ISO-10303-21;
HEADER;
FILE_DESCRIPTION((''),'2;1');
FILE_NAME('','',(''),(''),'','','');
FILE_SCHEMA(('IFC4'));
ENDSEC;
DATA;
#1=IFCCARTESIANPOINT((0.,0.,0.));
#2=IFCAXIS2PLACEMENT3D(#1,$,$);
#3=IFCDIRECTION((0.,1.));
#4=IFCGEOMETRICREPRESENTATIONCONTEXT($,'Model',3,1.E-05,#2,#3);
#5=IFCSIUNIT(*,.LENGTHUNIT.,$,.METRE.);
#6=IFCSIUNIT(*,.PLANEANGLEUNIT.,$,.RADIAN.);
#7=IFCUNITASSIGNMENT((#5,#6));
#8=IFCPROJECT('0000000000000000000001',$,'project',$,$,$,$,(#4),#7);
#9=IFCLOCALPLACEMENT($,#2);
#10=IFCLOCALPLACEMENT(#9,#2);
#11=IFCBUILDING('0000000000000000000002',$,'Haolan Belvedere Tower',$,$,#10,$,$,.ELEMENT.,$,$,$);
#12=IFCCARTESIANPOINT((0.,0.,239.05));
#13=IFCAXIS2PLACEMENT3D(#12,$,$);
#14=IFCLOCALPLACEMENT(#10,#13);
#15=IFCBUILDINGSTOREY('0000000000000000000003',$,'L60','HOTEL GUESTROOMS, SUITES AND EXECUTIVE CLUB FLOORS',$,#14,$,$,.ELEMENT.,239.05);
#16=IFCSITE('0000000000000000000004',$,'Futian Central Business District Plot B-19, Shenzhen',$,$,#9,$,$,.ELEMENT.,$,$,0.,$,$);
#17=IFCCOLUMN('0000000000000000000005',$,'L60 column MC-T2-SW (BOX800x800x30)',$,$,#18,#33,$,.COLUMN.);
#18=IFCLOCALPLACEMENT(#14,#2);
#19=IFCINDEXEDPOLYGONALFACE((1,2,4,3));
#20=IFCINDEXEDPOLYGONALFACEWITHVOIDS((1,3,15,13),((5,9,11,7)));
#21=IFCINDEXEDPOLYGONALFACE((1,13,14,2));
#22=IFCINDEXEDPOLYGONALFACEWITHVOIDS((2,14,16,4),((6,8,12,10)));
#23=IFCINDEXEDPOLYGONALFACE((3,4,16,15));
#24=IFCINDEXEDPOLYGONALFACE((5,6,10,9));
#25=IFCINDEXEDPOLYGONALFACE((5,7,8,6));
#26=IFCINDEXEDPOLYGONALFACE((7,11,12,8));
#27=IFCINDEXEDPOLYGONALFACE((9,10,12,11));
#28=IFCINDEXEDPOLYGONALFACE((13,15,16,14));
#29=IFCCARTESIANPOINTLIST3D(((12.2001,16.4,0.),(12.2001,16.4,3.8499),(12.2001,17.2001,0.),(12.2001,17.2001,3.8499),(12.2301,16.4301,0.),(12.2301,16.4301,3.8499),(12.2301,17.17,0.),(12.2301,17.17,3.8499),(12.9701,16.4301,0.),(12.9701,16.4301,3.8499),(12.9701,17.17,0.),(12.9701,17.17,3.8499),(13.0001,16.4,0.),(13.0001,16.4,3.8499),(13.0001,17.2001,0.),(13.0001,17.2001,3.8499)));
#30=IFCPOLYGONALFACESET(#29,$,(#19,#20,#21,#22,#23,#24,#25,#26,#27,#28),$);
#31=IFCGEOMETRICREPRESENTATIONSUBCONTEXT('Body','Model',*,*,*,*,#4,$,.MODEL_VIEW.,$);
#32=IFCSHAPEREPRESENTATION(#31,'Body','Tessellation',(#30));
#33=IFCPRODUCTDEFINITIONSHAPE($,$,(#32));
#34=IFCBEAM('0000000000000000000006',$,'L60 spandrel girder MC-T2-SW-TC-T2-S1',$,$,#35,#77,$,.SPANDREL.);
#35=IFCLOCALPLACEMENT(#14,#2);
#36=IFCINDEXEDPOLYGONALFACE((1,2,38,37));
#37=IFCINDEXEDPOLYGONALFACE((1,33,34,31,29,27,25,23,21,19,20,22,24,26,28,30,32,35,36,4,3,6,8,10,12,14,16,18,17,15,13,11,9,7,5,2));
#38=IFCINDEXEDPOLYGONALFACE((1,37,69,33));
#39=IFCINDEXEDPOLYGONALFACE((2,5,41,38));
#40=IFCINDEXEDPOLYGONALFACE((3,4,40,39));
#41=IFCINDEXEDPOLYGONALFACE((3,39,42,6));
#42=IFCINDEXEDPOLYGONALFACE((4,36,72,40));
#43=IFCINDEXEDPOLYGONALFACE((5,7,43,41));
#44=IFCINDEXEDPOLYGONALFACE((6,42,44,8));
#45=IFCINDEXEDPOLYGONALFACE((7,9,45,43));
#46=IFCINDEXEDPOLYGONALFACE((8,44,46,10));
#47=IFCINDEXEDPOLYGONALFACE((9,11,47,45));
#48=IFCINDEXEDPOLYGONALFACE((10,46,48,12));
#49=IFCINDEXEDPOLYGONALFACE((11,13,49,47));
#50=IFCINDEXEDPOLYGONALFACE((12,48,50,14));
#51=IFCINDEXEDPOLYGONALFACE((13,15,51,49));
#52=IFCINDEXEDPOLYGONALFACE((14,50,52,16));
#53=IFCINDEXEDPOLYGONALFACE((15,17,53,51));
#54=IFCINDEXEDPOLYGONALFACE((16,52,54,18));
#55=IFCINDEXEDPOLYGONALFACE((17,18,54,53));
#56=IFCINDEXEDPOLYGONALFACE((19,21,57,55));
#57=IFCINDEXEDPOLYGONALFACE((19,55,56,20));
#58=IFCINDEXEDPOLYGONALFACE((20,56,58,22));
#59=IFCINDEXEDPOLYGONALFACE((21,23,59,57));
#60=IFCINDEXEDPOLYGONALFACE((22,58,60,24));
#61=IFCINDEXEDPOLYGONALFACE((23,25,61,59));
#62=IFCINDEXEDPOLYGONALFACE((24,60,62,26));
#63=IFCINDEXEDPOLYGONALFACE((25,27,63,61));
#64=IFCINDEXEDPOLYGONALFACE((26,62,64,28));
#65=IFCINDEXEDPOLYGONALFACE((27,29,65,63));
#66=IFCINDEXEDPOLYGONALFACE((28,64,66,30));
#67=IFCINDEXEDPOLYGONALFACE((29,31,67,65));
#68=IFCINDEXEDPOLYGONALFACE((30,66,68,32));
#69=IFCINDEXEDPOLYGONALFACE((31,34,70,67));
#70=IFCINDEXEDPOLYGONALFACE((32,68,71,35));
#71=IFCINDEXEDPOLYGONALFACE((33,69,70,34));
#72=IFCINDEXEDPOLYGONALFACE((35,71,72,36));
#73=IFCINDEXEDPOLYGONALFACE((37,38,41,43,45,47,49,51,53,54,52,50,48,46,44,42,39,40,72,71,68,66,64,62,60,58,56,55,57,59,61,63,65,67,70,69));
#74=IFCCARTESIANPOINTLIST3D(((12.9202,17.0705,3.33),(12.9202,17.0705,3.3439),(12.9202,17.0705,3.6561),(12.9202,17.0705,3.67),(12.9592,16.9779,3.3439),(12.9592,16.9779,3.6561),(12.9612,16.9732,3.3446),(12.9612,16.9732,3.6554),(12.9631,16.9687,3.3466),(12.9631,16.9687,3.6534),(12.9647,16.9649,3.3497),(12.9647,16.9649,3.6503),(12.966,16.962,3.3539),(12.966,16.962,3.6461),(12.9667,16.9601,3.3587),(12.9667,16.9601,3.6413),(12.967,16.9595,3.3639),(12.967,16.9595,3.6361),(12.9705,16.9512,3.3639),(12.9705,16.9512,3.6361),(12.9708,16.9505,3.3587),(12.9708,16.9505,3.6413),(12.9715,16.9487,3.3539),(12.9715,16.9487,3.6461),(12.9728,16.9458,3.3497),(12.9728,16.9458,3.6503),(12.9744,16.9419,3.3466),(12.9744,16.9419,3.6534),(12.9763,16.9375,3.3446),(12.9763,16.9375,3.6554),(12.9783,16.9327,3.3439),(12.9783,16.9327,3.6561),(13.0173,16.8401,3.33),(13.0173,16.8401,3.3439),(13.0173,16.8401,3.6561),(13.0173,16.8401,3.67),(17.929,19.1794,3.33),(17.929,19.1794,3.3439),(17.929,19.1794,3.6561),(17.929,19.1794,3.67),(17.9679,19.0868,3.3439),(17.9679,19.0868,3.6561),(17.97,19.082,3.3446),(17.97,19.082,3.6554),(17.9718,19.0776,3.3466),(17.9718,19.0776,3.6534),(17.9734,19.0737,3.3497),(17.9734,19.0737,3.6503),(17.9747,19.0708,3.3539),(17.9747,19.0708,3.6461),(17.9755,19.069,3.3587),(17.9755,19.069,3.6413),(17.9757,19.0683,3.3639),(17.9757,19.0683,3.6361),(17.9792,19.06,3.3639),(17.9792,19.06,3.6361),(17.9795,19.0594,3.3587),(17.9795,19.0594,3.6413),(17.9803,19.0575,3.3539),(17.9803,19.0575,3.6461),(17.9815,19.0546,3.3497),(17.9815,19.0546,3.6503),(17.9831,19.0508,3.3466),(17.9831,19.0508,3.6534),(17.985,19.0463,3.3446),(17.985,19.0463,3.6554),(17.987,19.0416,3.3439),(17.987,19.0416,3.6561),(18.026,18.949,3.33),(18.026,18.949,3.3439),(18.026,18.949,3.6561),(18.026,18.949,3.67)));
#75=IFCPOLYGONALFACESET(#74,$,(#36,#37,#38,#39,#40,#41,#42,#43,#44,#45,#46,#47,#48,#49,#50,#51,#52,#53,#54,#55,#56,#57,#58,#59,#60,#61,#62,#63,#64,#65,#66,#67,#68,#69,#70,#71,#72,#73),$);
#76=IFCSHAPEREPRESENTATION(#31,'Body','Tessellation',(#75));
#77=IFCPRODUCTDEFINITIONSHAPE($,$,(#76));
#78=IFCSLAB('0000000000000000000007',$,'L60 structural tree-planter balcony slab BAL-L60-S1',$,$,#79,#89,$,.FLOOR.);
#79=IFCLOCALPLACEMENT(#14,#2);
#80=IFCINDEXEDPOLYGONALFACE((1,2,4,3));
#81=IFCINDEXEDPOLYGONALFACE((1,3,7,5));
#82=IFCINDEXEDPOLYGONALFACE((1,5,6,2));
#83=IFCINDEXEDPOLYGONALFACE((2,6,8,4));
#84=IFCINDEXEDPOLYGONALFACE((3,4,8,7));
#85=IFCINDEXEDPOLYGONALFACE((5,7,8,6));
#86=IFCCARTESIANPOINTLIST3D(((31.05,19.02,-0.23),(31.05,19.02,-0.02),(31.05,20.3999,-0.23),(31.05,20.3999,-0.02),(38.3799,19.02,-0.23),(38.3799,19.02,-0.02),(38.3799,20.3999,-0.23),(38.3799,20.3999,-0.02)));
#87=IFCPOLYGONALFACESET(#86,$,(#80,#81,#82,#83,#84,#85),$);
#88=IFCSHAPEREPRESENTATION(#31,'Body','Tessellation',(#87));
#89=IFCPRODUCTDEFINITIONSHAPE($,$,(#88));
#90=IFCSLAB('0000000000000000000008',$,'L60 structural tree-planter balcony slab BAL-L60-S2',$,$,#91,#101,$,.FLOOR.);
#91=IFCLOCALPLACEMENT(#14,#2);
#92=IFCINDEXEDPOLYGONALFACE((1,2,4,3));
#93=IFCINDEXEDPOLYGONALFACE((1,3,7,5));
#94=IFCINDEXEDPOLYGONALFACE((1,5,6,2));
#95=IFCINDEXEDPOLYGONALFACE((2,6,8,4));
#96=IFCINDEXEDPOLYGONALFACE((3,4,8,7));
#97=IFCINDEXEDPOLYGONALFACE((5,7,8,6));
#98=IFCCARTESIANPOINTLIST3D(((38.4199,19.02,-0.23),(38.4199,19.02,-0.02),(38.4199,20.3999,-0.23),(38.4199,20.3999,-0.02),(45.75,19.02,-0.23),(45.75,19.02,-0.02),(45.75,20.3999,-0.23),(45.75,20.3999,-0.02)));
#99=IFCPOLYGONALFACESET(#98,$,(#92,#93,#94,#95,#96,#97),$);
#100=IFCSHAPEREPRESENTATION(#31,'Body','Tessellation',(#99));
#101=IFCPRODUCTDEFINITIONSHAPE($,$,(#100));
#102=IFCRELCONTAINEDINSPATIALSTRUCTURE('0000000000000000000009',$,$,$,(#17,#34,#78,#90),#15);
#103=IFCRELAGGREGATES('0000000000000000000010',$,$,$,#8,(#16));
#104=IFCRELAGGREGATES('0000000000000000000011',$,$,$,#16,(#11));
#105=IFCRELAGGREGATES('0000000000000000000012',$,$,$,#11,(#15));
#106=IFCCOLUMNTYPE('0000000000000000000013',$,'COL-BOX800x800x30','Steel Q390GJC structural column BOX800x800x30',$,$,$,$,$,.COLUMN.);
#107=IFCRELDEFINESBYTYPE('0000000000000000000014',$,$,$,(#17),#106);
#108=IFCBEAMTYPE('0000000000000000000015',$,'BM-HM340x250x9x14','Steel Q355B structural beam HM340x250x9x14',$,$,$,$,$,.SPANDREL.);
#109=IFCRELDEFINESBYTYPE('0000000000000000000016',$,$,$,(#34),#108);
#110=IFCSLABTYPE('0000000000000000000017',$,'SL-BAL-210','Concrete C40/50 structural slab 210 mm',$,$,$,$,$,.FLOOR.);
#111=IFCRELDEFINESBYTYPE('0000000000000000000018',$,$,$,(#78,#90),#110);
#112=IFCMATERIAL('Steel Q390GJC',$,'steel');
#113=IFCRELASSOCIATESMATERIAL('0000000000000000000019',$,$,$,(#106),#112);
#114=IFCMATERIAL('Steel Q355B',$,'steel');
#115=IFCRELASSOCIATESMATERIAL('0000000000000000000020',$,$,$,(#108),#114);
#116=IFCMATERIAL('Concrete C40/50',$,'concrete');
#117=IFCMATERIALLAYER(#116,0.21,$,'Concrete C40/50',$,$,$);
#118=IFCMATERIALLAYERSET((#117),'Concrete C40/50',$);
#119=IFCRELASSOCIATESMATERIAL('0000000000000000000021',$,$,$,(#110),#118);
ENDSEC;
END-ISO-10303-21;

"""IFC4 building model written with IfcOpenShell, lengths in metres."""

from ifc_helpers import new_model, si_unit, direction, frame, origin, origin_2d, place, context, subcontext, project, spatial, polyline, hollow_rectangle, i_section, outline, extrude, material, layer, layer_set, material_profile, profile_set, type_object, element, save


model = new_model("IFC4")

# Units and contexts
model_context = context("Model", 3, precision=1e-05, world=origin(), true_north=direction((0.0, 1.0)))
body_context = subcontext(model_context, "Body", "Model", "MODEL_VIEW")
ifc_project = project(units=[si_unit("LENGTHUNIT", "METRE"), si_unit("PLANEANGLEUNIT", "RADIAN")], contexts=[model_context])

# Site, building, storey
site_placement = place(None, origin())
site = spatial("IfcSite", under=ifc_project, at=site_placement, Name="Futian Central Business District Plot B-19, Shenzhen", CompositionType="ELEMENT", RefElevation=0.0)
building_placement = place(site_placement, origin())
building = spatial("IfcBuilding", under=site, at=building_placement, Name="Haolan Belvedere Tower", CompositionType="ELEMENT")
storey_placement = place(building_placement, frame((0.0, 0.0, 239.05)))
storey = spatial("IfcBuildingStorey", under=building, at=storey_placement, Name="L60", Description="HOTEL GUESTROOMS, SUITES AND EXECUTIVE CLUB FLOORS", CompositionType="ELEMENT", Elevation=239.05)

# Column
ifc_material_1 = material(Name="Steel Q390GJC", Category="steel")
ifc_material_profile_1 = material_profile(ifc_material_1, hollow_rectangle(XDim=0.8, YDim=0.8, WallThickness=0.03, at=origin_2d()), Name="Steel Q390GJC")
ifc_profile_set_1 = profile_set([ifc_material_profile_1], Name="Steel Q390GJC")
column_type = type_object("IfcColumnType", Name="COL-BOX800x800x30", Description="Steel Q390GJC structural column BOX800x800x30", PredefinedType="COLUMN", material=ifc_profile_set_1)
column_placement = place(storey_placement, frame((12.6001, 16.8, 0.0), z_axis=(0.0, 0.0, 1.0), x_axis=(1.0, 0.0, 0.0)))
element("IfcColumn", 1, at=column_placement, inside=storey, type_object=column_type, Name="L60 column MC-T2-SW (BOX800x800x30)", PredefinedType="COLUMN", context=body_context, shape_type="SweptSolid", body=[
    extrude(hollow_rectangle(XDim=0.8, YDim=0.8, WallThickness=0.03, at=origin_2d()), origin(), (0.0, 0.0, 1.0), 3.8499),
])

# Beam
ifc_material_2 = material(Name="Steel Q355B", Category="steel")
ifc_material_profile_2 = material_profile(ifc_material_2, i_section(OverallWidth=0.25, OverallDepth=0.3401, WebThickness=0.009, FlangeThickness=0.0139, FilletRadius=0.02, at=origin_2d()), Name="Steel Q355B")
ifc_profile_set_2 = profile_set([ifc_material_profile_2], Name="Steel Q355B")
beam_type = type_object("IfcBeamType", Name="BM-HM340x250x9x14", Description="Steel Q355B structural beam HM340x250x9x14", PredefinedType="SPANDREL", material=ifc_profile_set_2)
beam_placement = place(storey_placement, frame((12.9688, 16.9553, 3.5), z_axis=(0.92164, 0.388045, 0.0), x_axis=(-0.388045, 0.92164, 0.0)))
element("IfcBeam", 2, at=beam_placement, inside=storey, type_object=beam_type, Name="L60 spandrel girder MC-T2-SW-TC-T2-S1", PredefinedType="SPANDREL", context=body_context, shape_type="SweptSolid", body=[
    extrude(i_section(OverallWidth=0.25, OverallDepth=0.3401, WebThickness=0.009, FlangeThickness=0.0139, FilletRadius=0.02, at=origin_2d()), origin(), (0.0, 0.0, 1.0), 5.4346),
])

# Slabs
ifc_material_3 = material(Name="Concrete C40/50", Category="concrete")
ifc_layer_1 = layer(ifc_material_3, 0.21, Name="Concrete C40/50")
ifc_layer_set_1 = layer_set([ifc_layer_1], Name="Concrete C40/50")
slab_type_1 = type_object("IfcSlabType", Name="SL-BAL-210", Description="Concrete C40/50 structural slab 210 mm", PredefinedType="FLOOR", material=ifc_layer_set_1)
slab_1_placement = place(storey_placement, frame((0.0, 0.0, -0.23)))
element("IfcSlab", 3, at=slab_1_placement, inside=storey, type_object=slab_type_1, Name="L60 structural tree-planter balcony slab BAL-L60-S1", PredefinedType="FLOOR", context=body_context, shape_type="SweptSolid", body=[
    extrude(outline(polyline([(31.05, 19.02), (38.3799, 19.02), (38.3799, 20.3999), (31.05, 20.3999), (31.05, 19.02)])), origin(), (0.0, 0.0, 1.0), 0.21),
])
slab_2_placement = place(storey_placement, frame((0.0, 0.0, -0.23)))
element("IfcSlab", 4, at=slab_2_placement, inside=storey, type_object=slab_type_1, Name="L60 structural tree-planter balcony slab BAL-L60-S2", PredefinedType="FLOOR", context=body_context, shape_type="SweptSolid", body=[
    extrude(outline(polyline([(38.4199, 19.02), (45.75, 19.02), (45.75, 20.3999), (38.4199, 20.3999), (38.4199, 19.02)])), origin(), (0.0, 0.0, 1.0), 0.21),
])

save(model, "model.ifc")
